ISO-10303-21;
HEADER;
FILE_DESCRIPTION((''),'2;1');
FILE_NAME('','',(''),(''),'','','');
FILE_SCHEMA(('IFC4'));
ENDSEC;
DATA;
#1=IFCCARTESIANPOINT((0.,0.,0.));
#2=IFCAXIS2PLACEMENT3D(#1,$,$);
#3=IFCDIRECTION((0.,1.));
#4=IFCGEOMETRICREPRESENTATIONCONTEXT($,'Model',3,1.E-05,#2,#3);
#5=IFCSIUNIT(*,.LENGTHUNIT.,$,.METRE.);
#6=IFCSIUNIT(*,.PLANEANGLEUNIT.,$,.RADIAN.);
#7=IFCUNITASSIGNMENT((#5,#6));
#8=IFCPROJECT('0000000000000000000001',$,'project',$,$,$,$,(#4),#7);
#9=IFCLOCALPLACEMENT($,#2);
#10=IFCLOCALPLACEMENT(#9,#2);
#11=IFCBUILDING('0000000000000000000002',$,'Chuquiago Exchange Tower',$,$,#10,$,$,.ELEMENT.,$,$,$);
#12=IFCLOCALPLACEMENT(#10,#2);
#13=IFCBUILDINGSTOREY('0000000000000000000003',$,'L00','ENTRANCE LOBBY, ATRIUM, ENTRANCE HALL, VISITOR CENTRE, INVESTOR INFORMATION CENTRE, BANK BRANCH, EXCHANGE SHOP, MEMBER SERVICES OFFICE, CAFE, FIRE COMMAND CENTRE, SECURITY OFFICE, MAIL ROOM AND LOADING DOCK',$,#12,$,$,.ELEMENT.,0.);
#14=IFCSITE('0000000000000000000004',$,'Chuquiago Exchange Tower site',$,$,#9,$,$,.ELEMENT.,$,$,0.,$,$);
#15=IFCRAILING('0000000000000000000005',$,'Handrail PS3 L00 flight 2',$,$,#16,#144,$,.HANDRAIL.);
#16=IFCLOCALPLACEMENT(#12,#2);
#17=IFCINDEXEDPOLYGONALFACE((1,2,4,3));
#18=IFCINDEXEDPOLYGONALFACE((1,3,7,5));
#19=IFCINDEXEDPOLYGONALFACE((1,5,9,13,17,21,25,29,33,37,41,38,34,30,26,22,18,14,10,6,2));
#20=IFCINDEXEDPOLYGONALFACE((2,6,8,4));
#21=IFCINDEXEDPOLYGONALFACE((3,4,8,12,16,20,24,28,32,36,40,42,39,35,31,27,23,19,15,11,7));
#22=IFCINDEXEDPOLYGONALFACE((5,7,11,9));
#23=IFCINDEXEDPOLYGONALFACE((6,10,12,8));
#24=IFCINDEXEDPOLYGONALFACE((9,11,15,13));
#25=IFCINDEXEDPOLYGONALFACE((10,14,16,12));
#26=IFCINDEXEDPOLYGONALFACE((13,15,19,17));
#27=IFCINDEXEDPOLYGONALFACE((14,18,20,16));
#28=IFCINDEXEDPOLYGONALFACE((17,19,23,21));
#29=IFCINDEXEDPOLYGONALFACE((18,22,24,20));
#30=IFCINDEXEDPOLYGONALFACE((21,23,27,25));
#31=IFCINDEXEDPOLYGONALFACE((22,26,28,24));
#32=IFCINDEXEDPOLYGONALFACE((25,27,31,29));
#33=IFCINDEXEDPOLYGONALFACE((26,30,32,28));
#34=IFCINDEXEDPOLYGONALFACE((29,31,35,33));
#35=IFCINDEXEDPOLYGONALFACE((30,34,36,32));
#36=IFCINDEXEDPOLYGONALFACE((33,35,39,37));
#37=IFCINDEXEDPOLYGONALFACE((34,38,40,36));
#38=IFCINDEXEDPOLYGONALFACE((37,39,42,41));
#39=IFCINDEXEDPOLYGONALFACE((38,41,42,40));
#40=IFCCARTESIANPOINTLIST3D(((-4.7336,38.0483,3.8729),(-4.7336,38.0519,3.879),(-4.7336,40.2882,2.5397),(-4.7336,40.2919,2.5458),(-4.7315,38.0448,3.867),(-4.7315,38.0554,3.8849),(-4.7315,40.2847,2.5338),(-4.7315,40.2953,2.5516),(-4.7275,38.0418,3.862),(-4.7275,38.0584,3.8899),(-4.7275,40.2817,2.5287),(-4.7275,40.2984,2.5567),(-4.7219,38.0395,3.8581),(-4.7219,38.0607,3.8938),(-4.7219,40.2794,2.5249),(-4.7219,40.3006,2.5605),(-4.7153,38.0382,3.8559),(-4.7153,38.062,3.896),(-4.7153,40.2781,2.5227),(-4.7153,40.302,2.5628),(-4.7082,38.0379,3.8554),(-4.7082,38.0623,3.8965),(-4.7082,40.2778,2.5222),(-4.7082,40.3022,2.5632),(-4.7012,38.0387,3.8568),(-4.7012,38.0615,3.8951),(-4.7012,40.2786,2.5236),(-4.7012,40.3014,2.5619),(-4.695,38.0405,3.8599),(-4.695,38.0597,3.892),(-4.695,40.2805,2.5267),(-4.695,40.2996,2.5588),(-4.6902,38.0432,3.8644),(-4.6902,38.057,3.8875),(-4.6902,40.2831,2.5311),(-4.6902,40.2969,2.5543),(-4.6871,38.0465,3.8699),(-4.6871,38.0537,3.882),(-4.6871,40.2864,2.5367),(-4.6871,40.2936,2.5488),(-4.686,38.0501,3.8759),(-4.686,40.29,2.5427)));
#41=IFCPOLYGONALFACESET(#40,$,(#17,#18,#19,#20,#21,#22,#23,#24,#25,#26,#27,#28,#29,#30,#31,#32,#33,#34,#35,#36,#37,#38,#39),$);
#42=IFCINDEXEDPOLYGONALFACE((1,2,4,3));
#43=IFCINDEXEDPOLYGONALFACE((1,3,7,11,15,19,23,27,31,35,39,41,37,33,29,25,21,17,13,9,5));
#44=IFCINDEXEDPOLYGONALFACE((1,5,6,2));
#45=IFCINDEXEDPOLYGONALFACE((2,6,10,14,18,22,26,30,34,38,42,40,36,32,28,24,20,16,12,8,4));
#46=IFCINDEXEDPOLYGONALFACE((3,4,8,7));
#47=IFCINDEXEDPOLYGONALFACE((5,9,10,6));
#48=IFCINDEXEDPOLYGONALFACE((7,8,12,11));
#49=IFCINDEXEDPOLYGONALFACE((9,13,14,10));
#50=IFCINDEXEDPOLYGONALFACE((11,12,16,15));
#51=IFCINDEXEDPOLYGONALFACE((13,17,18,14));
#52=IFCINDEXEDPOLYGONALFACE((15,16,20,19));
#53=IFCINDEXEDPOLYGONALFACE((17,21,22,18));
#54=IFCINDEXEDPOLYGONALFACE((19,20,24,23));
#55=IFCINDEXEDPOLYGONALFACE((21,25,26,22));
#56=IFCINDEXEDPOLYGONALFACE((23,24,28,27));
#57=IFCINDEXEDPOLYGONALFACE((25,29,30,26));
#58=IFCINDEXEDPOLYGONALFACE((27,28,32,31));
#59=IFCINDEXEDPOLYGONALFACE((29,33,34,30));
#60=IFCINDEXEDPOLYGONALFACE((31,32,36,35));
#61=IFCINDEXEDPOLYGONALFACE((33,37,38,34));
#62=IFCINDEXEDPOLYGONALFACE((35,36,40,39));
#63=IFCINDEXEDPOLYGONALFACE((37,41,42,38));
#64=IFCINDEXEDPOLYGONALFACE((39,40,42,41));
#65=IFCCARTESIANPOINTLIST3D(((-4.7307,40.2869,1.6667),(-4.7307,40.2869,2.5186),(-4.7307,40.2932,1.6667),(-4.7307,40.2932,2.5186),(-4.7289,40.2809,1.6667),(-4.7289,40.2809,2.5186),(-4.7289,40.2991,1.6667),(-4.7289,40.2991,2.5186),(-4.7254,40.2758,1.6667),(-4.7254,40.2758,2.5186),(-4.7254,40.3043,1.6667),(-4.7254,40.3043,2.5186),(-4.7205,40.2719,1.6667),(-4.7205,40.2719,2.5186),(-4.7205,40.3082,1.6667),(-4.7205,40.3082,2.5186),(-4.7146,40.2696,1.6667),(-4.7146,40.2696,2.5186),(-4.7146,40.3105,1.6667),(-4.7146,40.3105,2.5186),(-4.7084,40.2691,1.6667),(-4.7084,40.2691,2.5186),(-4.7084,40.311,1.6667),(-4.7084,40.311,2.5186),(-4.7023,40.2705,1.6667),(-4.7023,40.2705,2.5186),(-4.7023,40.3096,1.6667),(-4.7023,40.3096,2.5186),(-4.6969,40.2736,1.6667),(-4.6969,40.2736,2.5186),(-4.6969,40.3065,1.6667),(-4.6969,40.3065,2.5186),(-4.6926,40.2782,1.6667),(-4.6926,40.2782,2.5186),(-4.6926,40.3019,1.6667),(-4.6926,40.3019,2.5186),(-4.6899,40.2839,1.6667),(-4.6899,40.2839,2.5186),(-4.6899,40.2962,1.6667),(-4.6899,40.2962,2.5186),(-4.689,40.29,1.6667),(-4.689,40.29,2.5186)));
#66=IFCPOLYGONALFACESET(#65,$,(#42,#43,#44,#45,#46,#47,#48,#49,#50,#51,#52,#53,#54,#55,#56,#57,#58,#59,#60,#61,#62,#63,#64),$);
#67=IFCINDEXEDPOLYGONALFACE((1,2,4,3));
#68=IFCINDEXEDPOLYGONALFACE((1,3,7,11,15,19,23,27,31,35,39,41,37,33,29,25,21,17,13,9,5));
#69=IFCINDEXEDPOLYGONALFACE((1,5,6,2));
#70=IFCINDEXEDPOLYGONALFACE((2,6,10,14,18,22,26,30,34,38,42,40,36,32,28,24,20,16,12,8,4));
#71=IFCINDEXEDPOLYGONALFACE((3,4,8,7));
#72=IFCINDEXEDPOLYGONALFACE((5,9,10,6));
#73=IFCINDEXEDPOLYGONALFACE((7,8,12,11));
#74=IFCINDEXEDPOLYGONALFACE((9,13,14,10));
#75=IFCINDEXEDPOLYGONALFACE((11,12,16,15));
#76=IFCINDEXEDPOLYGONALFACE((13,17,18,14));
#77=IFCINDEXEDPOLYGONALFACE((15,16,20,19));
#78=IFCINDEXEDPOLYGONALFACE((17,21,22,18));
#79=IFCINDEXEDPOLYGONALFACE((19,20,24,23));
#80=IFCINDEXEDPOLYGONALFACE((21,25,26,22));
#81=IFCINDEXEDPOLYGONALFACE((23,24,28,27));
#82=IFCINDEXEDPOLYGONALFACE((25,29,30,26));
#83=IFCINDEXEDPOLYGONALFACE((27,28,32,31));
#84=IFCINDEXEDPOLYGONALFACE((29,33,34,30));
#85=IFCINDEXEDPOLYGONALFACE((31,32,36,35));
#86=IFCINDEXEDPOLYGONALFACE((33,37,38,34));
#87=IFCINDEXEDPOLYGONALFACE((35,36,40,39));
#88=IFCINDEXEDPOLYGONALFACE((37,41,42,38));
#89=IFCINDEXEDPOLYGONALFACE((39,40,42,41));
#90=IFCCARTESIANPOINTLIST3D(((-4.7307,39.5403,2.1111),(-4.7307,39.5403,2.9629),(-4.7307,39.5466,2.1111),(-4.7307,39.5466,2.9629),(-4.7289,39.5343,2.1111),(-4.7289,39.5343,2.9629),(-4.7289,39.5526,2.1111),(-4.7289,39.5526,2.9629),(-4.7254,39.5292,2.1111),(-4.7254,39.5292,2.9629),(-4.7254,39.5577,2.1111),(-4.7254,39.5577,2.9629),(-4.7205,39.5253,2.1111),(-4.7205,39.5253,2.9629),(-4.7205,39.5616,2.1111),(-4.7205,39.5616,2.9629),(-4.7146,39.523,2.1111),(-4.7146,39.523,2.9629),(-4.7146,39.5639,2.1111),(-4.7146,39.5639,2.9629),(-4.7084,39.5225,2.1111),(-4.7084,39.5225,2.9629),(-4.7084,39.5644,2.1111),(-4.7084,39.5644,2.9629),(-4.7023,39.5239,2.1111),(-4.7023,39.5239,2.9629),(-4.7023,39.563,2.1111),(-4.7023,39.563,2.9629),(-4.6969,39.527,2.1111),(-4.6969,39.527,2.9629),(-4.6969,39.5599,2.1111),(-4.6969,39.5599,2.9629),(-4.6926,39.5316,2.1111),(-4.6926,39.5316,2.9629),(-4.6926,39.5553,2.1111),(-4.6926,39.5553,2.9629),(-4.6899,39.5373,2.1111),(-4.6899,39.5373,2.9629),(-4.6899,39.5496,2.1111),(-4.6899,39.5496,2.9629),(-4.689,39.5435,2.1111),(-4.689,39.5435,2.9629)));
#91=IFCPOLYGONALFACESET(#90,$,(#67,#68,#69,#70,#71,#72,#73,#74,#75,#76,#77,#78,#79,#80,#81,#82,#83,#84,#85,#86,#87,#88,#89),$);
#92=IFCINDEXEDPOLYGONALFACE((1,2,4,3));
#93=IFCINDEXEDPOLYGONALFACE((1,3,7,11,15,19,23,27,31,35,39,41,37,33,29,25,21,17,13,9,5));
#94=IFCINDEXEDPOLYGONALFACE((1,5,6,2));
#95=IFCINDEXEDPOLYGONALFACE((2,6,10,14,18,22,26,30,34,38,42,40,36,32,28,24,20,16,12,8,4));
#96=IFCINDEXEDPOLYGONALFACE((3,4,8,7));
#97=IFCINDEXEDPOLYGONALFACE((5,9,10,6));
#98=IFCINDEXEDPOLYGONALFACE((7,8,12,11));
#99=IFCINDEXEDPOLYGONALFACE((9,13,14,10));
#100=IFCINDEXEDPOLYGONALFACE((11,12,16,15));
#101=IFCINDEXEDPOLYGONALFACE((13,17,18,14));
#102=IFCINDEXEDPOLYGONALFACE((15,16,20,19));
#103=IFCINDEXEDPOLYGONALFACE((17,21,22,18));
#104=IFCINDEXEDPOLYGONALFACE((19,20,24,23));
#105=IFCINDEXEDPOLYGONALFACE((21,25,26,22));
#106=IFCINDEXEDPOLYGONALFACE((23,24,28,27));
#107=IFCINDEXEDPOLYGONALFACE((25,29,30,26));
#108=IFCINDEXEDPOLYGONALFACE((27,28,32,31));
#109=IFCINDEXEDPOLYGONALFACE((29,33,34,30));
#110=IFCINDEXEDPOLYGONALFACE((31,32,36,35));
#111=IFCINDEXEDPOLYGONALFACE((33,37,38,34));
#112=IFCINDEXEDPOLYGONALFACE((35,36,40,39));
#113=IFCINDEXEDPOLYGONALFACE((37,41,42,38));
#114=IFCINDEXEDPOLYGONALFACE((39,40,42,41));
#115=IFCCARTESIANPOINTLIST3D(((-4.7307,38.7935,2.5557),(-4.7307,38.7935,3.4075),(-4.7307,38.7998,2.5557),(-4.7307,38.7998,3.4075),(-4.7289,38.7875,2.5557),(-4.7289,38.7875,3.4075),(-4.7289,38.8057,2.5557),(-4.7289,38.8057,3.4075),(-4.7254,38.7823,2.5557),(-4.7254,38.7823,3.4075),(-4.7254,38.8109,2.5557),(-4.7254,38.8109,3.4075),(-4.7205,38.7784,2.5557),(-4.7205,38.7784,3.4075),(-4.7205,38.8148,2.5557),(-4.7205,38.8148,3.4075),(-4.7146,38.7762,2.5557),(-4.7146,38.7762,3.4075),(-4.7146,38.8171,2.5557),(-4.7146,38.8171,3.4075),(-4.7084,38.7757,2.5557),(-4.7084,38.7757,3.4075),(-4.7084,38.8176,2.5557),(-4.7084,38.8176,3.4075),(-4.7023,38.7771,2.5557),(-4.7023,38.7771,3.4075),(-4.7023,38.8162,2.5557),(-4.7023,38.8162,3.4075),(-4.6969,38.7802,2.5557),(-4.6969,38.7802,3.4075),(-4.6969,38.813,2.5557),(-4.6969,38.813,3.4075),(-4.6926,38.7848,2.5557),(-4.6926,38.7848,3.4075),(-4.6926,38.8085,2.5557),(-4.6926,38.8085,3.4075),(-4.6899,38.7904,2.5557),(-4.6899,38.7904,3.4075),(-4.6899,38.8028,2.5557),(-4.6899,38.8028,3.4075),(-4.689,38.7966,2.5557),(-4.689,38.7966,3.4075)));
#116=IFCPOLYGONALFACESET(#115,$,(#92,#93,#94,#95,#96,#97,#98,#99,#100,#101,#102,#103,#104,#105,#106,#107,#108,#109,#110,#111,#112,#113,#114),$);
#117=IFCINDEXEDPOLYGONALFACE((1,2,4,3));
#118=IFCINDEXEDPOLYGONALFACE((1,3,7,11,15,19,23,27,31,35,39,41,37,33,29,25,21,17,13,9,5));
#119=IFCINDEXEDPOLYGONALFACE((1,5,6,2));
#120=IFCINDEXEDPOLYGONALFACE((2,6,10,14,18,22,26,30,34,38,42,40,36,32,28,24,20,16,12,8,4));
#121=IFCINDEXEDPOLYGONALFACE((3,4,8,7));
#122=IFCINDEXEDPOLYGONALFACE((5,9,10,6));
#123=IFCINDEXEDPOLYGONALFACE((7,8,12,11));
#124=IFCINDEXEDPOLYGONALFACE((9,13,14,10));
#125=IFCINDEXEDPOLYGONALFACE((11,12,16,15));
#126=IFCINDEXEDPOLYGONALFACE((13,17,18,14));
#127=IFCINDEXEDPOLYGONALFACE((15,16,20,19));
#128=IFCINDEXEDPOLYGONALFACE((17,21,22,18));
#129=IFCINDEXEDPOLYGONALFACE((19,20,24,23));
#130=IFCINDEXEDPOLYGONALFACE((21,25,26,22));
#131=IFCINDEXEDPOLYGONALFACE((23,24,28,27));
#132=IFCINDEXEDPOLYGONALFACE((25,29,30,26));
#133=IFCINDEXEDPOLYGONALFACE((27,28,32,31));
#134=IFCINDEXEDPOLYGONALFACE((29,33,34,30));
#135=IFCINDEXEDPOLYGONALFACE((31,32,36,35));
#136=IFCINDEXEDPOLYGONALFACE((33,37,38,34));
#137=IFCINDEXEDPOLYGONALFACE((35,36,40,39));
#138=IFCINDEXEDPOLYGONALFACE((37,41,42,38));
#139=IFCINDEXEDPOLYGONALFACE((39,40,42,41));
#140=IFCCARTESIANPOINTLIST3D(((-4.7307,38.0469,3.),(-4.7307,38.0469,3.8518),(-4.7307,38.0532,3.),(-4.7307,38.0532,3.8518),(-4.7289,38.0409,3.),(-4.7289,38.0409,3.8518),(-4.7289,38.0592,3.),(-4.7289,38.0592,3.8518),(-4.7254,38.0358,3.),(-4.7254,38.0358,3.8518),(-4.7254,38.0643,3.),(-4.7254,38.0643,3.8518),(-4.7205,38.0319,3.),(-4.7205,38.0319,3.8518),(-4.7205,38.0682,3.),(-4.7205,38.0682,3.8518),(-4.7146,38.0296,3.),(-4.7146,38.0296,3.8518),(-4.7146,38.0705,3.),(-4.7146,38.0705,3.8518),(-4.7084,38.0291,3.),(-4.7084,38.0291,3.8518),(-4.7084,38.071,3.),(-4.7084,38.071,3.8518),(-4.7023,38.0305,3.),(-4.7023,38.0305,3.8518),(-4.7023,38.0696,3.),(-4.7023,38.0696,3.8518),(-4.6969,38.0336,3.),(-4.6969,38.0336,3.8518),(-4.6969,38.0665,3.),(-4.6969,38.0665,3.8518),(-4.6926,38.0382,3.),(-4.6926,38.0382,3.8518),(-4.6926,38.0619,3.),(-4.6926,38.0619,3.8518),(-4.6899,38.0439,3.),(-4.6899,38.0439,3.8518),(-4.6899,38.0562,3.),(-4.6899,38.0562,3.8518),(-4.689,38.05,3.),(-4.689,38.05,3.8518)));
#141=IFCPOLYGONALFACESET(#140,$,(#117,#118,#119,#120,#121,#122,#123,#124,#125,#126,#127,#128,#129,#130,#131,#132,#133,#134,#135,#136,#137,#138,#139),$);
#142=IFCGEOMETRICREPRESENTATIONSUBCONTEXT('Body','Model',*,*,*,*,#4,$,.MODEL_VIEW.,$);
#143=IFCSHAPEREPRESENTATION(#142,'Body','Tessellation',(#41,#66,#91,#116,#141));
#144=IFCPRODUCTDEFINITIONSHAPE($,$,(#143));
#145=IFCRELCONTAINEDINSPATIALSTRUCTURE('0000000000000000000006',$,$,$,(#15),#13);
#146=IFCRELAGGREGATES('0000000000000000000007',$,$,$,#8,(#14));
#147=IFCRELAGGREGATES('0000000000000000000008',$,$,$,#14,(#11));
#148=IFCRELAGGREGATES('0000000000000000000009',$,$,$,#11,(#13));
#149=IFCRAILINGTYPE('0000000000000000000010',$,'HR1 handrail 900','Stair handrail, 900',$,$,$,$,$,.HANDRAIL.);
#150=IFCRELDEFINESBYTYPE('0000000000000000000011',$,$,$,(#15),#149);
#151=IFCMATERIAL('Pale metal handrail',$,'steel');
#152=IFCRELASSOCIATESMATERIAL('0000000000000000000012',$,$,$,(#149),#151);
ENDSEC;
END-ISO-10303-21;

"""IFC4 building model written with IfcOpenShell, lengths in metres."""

from ifc_helpers import new_model, si_unit, direction, frame, origin, origin_2d, place, context, subcontext, project, spatial, circle, extrude, material, type_object, element, save


model = new_model("IFC4")

# Units and contexts
model_context = context("Model", 3, precision=1e-05, world=origin(), true_north=direction((0.0, 1.0)))
body_context = subcontext(model_context, "Body", "Model", "MODEL_VIEW")
ifc_project = project(units=[si_unit("LENGTHUNIT", "METRE"), si_unit("PLANEANGLEUNIT", "RADIAN")], contexts=[model_context])

# Site, building, storey
site_placement = place(None, origin())
site = spatial("IfcSite", under=ifc_project, at=site_placement, Name="Chuquiago Exchange Tower site", CompositionType="ELEMENT", RefElevation=0.0)
building_placement = place(site_placement, origin())
building = spatial("IfcBuilding", under=site, at=building_placement, Name="Chuquiago Exchange Tower", CompositionType="ELEMENT")
storey_placement = place(building_placement, origin())
storey = spatial("IfcBuildingStorey", under=building, at=storey_placement, Name="L00", Description="ENTRANCE LOBBY, ATRIUM, ENTRANCE HALL, VISITOR CENTRE, INVESTOR INFORMATION CENTRE, BANK BRANCH, EXCHANGE SHOP, MEMBER SERVICES OFFICE, CAFE, FIRE COMMAND CENTRE, SECURITY OFFICE, MAIL ROOM AND LOADING DOCK", CompositionType="ELEMENT", Elevation=0.0)

# Railing
ifc_material_1 = material(Name="Pale metal handrail", Category="steel")
railing_type = type_object("IfcRailingType", Name="HR1 handrail 900", Description="Stair handrail, 900", PredefinedType="HANDRAIL", material=ifc_material_1)
for number, where, name in (
    (1, (-4.71, 40.29, 1.6667), "Handrail PS3 L00 flight 2"),
):
    element("IfcRailing", number, at=place(storey_placement, frame(where)), inside=storey, type_object=railing_type, Name=name, PredefinedType="HANDRAIL", context=body_context, shape_type="SweptSolid", body=[
        extrude(circle(Radius=0.0239, at=origin_2d()), frame((0.0, 0.0, 0.876), z_axis=(0.0, -0.859306, 0.511462), x_axis=(1.0, 0.0, 0.0)), (0.0, 0.0, 1.0), 2.6067),
        extrude(circle(Radius=0.021, at=origin_2d()), origin(), (0.0, 0.0, 1.0), 0.8518),
        extrude(circle(Radius=0.021, at=origin_2d()), frame((0.0, -0.7466, 0.4443)), (0.0, 0.0, 1.0), 0.8518),
        extrude(circle(Radius=0.021, at=origin_2d()), frame((0.0, -1.4934, 0.8889)), (0.0, 0.0, 1.0), 0.8518),
        extrude(circle(Radius=0.021, at=origin_2d()), frame((0.0, -2.24, 1.3333)), (0.0, 0.0, 1.0), 0.8518),
    ])

save(model, "model.ifc")
